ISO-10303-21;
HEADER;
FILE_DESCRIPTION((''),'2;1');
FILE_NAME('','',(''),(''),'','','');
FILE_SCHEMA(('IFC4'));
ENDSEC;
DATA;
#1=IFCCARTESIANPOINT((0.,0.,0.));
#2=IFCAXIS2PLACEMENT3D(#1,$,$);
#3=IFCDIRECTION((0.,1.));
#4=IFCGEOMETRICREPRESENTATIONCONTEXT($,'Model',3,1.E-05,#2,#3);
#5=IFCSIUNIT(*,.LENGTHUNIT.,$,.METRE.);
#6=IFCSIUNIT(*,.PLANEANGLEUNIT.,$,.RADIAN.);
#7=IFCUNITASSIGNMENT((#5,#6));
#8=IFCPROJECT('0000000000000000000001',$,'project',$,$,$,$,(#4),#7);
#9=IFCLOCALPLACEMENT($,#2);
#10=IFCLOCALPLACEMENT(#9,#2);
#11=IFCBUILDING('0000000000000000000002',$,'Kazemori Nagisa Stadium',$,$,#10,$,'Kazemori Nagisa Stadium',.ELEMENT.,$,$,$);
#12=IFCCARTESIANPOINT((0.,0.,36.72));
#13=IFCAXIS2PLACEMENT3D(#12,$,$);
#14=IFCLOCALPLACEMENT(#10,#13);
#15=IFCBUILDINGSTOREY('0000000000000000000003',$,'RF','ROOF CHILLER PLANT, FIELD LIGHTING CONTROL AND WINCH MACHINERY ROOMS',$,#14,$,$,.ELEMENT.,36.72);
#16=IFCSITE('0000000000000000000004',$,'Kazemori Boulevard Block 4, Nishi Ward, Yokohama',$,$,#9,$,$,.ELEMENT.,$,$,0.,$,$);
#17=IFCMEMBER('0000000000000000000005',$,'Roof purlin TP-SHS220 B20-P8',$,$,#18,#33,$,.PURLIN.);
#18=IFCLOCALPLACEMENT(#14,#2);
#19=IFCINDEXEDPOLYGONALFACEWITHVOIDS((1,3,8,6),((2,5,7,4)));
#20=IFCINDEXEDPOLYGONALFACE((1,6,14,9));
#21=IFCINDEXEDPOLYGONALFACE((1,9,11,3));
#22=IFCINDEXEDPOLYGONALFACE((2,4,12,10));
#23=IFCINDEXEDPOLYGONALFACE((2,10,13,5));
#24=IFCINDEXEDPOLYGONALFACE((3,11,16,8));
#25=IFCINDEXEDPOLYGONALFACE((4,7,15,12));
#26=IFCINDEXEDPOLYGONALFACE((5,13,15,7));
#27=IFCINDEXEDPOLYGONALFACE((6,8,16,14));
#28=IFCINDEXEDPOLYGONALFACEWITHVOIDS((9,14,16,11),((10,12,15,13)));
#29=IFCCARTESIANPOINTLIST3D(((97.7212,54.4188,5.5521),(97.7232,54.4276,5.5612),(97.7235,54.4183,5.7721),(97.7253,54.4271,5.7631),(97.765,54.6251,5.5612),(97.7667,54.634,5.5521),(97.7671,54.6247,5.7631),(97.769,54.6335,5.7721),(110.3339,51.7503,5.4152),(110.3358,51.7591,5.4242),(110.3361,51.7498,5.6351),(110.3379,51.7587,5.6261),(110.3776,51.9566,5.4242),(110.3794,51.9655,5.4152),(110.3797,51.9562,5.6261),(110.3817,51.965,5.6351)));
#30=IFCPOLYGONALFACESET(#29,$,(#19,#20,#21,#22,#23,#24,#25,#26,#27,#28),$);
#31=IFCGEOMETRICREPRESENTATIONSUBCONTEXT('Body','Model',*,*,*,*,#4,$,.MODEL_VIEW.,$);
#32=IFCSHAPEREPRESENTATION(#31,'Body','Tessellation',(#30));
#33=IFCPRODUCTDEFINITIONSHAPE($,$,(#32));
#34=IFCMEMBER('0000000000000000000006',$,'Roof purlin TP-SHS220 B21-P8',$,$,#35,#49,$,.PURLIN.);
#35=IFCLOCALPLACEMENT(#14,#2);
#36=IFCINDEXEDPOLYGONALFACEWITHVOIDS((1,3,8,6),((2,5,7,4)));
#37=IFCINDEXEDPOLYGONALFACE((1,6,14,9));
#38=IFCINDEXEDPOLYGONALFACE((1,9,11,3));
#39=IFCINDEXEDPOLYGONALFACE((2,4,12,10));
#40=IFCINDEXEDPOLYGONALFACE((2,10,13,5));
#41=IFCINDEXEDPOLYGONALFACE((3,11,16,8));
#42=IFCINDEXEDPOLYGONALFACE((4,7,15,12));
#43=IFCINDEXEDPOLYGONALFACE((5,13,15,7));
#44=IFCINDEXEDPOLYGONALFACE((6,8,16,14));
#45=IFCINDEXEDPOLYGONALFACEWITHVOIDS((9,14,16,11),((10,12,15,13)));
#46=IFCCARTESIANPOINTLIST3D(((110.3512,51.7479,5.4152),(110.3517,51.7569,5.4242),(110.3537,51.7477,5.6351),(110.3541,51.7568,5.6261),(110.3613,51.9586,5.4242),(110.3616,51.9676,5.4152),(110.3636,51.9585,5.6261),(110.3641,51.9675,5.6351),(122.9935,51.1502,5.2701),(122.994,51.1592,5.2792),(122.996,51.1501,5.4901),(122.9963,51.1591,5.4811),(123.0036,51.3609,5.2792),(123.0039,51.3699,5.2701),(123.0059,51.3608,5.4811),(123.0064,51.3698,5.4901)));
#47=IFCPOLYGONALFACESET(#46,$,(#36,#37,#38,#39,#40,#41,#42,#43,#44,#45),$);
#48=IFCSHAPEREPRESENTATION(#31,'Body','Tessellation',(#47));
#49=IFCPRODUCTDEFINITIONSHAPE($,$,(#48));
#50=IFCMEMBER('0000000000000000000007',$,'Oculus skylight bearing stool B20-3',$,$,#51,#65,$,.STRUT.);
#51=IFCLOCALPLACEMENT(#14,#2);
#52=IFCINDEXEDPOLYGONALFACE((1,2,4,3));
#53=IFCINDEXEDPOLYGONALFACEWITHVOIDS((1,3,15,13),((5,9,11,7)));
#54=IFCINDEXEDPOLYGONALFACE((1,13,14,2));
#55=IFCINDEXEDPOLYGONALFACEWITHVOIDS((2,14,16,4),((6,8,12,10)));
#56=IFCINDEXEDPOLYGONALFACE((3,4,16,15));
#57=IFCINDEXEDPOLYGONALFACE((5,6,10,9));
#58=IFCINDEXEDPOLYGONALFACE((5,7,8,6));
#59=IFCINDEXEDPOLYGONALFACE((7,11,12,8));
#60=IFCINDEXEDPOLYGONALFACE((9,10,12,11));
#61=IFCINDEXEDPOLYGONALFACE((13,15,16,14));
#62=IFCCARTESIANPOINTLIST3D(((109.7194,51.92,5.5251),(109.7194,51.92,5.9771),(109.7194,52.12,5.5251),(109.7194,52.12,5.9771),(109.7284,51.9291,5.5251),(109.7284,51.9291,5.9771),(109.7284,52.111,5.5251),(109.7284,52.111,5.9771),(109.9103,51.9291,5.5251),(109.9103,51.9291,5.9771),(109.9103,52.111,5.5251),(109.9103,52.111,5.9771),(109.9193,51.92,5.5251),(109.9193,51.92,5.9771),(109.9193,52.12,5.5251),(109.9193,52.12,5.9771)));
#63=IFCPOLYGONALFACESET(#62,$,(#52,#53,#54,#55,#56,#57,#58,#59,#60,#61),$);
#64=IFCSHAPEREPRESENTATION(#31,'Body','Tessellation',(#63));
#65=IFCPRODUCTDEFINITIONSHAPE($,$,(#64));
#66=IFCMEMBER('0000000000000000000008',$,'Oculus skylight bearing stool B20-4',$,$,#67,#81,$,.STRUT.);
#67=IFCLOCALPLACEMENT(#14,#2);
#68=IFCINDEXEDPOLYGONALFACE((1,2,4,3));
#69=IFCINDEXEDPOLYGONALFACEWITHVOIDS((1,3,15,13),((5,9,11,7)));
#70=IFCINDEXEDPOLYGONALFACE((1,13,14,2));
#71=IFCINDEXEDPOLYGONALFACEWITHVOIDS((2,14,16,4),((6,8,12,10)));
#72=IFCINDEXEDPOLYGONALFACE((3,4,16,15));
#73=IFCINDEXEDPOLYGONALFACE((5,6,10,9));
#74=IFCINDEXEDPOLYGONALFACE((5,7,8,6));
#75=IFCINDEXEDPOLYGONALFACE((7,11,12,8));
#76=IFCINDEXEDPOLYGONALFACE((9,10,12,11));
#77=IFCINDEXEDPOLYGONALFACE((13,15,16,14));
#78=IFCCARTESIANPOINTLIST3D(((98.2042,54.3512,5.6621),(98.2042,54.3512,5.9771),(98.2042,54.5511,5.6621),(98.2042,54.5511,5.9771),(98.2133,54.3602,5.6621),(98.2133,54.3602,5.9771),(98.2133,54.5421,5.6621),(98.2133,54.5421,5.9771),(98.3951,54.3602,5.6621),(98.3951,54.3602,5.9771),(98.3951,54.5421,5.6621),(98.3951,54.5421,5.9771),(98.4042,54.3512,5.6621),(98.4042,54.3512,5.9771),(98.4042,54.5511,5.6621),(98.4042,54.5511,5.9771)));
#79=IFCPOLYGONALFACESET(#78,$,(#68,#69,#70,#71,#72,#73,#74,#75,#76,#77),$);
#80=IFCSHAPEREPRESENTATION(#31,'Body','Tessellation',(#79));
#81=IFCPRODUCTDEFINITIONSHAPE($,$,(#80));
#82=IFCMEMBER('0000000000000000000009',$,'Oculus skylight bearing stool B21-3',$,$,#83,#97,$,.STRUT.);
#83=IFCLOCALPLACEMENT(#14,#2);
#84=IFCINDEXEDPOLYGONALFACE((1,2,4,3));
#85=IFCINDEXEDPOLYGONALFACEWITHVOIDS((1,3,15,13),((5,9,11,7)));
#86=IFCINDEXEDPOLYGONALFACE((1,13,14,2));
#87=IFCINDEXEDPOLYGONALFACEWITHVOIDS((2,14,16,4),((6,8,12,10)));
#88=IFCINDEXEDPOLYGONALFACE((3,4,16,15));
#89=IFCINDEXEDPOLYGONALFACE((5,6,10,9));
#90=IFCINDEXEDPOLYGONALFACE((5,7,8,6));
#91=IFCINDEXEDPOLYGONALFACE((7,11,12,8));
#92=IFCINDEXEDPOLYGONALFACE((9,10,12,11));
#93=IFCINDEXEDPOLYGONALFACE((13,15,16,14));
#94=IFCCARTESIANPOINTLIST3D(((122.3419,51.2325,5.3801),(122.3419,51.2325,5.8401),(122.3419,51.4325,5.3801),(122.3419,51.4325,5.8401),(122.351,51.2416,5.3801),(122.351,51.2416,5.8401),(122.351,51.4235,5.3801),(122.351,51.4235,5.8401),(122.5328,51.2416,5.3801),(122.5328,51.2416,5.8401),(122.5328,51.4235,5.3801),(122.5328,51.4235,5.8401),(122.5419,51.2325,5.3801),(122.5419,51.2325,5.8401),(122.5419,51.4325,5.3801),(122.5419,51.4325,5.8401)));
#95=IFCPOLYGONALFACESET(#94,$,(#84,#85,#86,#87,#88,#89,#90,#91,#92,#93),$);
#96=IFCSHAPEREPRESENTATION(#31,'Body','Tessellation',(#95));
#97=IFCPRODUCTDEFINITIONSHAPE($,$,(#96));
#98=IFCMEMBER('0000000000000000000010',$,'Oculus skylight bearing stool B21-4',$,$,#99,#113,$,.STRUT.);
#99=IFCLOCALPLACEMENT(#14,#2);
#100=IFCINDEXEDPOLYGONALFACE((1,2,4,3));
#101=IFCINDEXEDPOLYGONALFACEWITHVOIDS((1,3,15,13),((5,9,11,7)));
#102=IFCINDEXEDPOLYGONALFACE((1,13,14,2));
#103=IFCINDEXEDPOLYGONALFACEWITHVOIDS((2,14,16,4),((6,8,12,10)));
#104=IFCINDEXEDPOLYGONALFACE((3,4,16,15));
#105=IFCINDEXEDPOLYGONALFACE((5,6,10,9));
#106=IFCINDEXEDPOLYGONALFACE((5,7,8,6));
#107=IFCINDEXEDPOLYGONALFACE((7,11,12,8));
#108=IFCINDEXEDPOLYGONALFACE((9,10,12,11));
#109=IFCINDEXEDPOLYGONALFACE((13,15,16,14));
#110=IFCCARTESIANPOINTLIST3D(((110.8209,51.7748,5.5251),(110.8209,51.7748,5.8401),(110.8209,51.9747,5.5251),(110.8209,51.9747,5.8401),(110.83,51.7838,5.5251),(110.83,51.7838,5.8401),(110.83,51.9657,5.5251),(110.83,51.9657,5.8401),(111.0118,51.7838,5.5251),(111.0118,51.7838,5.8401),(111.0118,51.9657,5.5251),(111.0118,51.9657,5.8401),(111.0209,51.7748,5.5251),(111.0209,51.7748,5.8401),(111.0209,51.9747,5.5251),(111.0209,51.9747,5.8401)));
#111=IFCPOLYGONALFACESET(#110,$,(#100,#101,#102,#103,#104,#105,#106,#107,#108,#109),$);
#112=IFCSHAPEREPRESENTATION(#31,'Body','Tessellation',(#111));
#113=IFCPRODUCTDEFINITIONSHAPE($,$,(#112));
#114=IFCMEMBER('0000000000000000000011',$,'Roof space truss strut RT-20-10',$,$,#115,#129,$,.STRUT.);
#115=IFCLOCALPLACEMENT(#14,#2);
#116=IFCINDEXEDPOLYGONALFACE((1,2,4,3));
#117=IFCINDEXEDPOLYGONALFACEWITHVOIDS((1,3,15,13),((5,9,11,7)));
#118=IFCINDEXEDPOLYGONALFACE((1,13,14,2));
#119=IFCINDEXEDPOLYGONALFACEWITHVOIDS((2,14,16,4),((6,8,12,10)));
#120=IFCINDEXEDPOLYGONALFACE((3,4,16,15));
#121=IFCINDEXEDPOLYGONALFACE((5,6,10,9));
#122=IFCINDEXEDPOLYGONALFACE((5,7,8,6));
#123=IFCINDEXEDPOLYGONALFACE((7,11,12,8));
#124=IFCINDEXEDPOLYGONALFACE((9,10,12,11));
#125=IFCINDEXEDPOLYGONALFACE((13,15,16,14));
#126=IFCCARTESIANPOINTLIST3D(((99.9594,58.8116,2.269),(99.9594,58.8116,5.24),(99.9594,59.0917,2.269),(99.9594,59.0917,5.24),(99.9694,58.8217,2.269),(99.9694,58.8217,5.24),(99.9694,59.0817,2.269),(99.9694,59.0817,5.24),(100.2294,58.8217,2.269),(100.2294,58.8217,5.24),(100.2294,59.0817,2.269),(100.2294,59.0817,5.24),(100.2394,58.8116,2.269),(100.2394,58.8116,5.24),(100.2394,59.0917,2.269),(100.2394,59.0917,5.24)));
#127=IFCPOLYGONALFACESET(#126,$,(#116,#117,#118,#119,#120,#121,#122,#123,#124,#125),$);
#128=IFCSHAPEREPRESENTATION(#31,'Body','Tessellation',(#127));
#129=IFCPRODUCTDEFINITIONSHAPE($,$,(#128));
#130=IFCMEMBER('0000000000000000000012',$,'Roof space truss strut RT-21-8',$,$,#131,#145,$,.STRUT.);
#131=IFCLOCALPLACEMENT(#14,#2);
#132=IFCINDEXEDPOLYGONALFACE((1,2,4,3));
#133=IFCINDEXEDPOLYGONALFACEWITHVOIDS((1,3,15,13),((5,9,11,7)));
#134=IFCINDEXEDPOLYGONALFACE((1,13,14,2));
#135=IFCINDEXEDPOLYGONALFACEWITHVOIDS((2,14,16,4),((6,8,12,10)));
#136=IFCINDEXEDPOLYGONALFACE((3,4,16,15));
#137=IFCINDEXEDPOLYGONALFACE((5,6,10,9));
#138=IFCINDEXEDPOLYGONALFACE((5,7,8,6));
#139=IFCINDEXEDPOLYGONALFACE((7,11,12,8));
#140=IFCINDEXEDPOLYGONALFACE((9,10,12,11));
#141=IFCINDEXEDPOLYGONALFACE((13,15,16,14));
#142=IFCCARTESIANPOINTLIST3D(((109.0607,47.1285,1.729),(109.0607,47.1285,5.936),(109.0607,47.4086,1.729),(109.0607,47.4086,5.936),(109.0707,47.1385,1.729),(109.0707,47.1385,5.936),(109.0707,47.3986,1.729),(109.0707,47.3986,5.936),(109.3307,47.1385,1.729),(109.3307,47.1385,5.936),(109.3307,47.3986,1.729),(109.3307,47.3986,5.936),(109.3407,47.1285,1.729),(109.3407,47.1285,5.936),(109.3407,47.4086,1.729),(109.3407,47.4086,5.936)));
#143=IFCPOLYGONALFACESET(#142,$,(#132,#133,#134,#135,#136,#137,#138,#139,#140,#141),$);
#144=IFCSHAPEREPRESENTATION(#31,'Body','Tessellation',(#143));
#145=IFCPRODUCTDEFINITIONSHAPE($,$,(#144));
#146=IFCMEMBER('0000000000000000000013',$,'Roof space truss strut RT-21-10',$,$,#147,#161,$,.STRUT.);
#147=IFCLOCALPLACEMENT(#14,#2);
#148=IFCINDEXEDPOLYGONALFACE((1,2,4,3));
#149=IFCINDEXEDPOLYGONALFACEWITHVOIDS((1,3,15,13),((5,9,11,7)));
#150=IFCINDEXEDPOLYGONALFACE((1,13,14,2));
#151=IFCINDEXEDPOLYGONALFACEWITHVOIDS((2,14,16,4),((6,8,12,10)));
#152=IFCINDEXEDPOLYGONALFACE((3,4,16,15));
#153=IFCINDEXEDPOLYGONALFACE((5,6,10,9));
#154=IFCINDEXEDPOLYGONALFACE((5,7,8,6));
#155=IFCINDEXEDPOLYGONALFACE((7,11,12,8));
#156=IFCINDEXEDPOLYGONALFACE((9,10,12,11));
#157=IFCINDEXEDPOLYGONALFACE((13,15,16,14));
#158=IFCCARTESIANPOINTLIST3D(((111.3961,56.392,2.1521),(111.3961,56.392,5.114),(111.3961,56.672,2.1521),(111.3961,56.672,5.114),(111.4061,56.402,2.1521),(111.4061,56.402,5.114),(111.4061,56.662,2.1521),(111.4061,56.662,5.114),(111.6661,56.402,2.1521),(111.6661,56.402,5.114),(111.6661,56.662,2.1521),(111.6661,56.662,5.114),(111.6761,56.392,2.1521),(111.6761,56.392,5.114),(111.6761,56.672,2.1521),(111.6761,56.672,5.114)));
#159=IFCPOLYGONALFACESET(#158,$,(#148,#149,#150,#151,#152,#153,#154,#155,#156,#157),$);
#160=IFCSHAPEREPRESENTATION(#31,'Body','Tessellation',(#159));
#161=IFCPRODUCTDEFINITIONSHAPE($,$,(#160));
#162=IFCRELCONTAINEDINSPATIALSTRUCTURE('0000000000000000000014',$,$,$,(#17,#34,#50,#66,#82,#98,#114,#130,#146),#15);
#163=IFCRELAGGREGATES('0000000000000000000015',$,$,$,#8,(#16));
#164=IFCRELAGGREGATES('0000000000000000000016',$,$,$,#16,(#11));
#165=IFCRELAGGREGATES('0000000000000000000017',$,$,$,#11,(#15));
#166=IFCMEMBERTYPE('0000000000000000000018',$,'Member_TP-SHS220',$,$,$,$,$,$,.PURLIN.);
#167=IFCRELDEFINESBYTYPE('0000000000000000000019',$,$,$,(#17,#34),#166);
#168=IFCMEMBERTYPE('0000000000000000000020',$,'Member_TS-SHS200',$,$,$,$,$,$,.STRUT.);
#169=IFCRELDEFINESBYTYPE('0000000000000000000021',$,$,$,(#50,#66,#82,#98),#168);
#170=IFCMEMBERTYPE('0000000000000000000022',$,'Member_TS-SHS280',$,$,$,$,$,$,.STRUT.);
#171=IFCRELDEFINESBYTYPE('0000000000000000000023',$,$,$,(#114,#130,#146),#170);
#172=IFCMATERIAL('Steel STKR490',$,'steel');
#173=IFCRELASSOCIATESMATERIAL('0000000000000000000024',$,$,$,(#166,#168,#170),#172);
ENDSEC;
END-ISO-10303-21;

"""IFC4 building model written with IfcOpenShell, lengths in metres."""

from ifc_helpers import new_model, si_unit, direction, frame, origin, origin_2d, place, context, subcontext, project, spatial, hollow_rectangle, extrude, material, material_profile, profile_set, type_object, element, save


model = new_model("IFC4")

# Units and contexts
model_context = context("Model", 3, precision=1e-05, world=origin(), true_north=direction((0.0, 1.0)))
body_context = subcontext(model_context, "Body", "Model", "MODEL_VIEW")
ifc_project = project(units=[si_unit("LENGTHUNIT", "METRE"), si_unit("PLANEANGLEUNIT", "RADIAN")], contexts=[model_context])

# Site, building, storey
site_placement = place(None, origin())
site = spatial("IfcSite", under=ifc_project, at=site_placement, Name="Kazemori Boulevard Block 4, Nishi Ward, Yokohama", CompositionType="ELEMENT", RefElevation=0.0)
building_placement = place(site_placement, origin())
building = spatial("IfcBuilding", under=site, at=building_placement, Name="Kazemori Nagisa Stadium", LongName="Kazemori Nagisa Stadium", CompositionType="ELEMENT")
storey_placement = place(building_placement, frame((0.0, 0.0, 36.72)))
storey = spatial("IfcBuildingStorey", under=building, at=storey_placement, Name="RF", Description="ROOF CHILLER PLANT, FIELD LIGHTING CONTROL AND WINCH MACHINERY ROOMS", CompositionType="ELEMENT", Elevation=36.72)

# Members
ifc_material = material(Name="Steel STKR490", Category="steel")
ifc_material_profile_1 = material_profile(ifc_material, hollow_rectangle(XDim=0.22, YDim=0.22, WallThickness=0.009, at=origin_2d()), Name="SHS-220x220x9")
ifc_profile_set_1 = profile_set([ifc_material_profile_1], Name="Steel STKR490")
member_type_1 = type_object("IfcMemberType", Name="Member_TP-SHS220", PredefinedType="PURLIN", material=ifc_profile_set_1)
member_1_placement = place(storey_placement, frame((97.7451, 54.5261, 5.6621), z_axis=(0.978288, -0.206978, -0.010623), x_axis=(0.20699, 0.978343, 0.0)))
element("IfcMember", 1, at=member_1_placement, inside=storey, type_object=member_type_1, Name="Roof purlin TP-SHS220 B20-P8", PredefinedType="PURLIN", context=body_context, shape_type="SweptSolid", body=[
    extrude(hollow_rectangle(XDim=0.22, YDim=0.22, WallThickness=0.009, at=origin_2d()), origin(), (0.0, 0.0, 1.0), 12.8926),
])
member_2_placement = place(storey_placement, frame((110.3577, 51.8577, 5.5251), z_axis=(0.998819, -0.047218, -0.011457), x_axis=(0.047221, 0.998884, 0.0)))
element("IfcMember", 2, at=member_2_placement, inside=storey, type_object=member_type_1, Name="Roof purlin TP-SHS220 B21-P8", PredefinedType="PURLIN", context=body_context, shape_type="SweptSolid", body=[
    extrude(hollow_rectangle(XDim=0.22, YDim=0.22, WallThickness=0.009, at=origin_2d()), origin(), (0.0, 0.0, 1.0), 12.6572),
])
ifc_material_profile_2 = material_profile(ifc_material, hollow_rectangle(XDim=0.2, YDim=0.2, WallThickness=0.009, at=origin_2d()), Name="SHS-200x200x9")
ifc_profile_set_2 = profile_set([ifc_material_profile_2], Name="Steel STKR490")
member_type_2 = type_object("IfcMemberType", Name="Member_TS-SHS200", PredefinedType="STRUT", material=ifc_profile_set_2)
member_3_placement = place(storey_placement, frame((109.8193, 52.02, 5.5251), z_axis=(0.0, 0.0, 1.0), x_axis=(1.0, 0.0, 0.0)))
element("IfcMember", 3, at=member_3_placement, inside=storey, type_object=member_type_2, Name="Oculus skylight bearing stool B20-3", PredefinedType="STRUT", context=body_context, shape_type="SweptSolid", body=[
    extrude(hollow_rectangle(XDim=0.2, YDim=0.2, WallThickness=0.009, at=origin_2d()), origin(), (0.0, 0.0, 1.0), 0.4519),
])
member_4_placement = place(storey_placement, frame((98.3042, 54.4512, 5.6621), z_axis=(0.0, 0.0, 1.0), x_axis=(1.0, 0.0, 0.0)))
element("IfcMember", 4, at=member_4_placement, inside=storey, type_object=member_type_2, Name="Oculus skylight bearing stool B20-4", PredefinedType="STRUT", context=body_context, shape_type="SweptSolid", body=[
    extrude(hollow_rectangle(XDim=0.2, YDim=0.2, WallThickness=0.009, at=origin_2d()), origin(), (0.0, 0.0, 1.0), 0.3149),
])
member_5_placement = place(storey_placement, frame((122.4419, 51.3325, 5.3801), z_axis=(0.0, 0.0, 1.0), x_axis=(1.0, 0.0, 0.0)))
element("IfcMember", 5, at=member_5_placement, inside=storey, type_object=member_type_2, Name="Oculus skylight bearing stool B21-3", PredefinedType="STRUT", context=body_context, shape_type="SweptSolid", body=[
    extrude(hollow_rectangle(XDim=0.2, YDim=0.2, WallThickness=0.009, at=origin_2d()), origin(), (0.0, 0.0, 1.0), 0.46),
])
member_6_placement = place(storey_placement, frame((110.9209, 51.8748, 5.5251), z_axis=(0.0, 0.0, 1.0), x_axis=(1.0, 0.0, 0.0)))
element("IfcMember", 6, at=member_6_placement, inside=storey, type_object=member_type_2, Name="Oculus skylight bearing stool B21-4", PredefinedType="STRUT", context=body_context, shape_type="SweptSolid", body=[
    extrude(hollow_rectangle(XDim=0.2, YDim=0.2, WallThickness=0.009, at=origin_2d()), origin(), (0.0, 0.0, 1.0), 0.3149),
])
ifc_material_profile_3 = material_profile(ifc_material, hollow_rectangle(XDim=0.28, YDim=0.28, WallThickness=0.01, at=origin_2d()), Name="SHS-280x280x10")
ifc_profile_set_3 = profile_set([ifc_material_profile_3], Name="Steel STKR490")
member_type_3 = type_object("IfcMemberType", Name="Member_TS-SHS280", PredefinedType="STRUT", material=ifc_profile_set_3)
member_7_placement = place(storey_placement, frame((100.0994, 58.9517, 2.269), z_axis=(0.0, 0.0, 1.0), x_axis=(1.0, 0.0, 0.0)))
element("IfcMember", 7, at=member_7_placement, inside=storey, type_object=member_type_3, Name="Roof space truss strut RT-20-10", PredefinedType="STRUT", context=body_context, shape_type="SweptSolid", body=[
    extrude(hollow_rectangle(XDim=0.28, YDim=0.28, WallThickness=0.01, at=origin_2d()), origin(), (0.0, 0.0, 1.0), 2.9709),
])
member_8_placement = place(storey_placement, frame((109.2007, 47.2686, 1.729), z_axis=(0.0, 0.0, 1.0), x_axis=(1.0, 0.0, 0.0)))
element("IfcMember", 8, at=member_8_placement, inside=storey, type_object=member_type_3, Name="Roof space truss strut RT-21-8", PredefinedType="STRUT", context=body_context, shape_type="SweptSolid", body=[
    extrude(hollow_rectangle(XDim=0.28, YDim=0.28, WallThickness=0.01, at=origin_2d()), origin(), (0.0, 0.0, 1.0), 4.207),
])
member_9_placement = place(storey_placement, frame((111.5361, 56.532, 2.1521), z_axis=(0.0, 0.0, 1.0), x_axis=(1.0, 0.0, 0.0)))
element("IfcMember", 9, at=member_9_placement, inside=storey, type_object=member_type_3, Name="Roof space truss strut RT-21-10", PredefinedType="STRUT", context=body_context, shape_type="SweptSolid", body=[
    extrude(hollow_rectangle(XDim=0.28, YDim=0.28, WallThickness=0.01, at=origin_2d()), origin(), (0.0, 0.0, 1.0), 2.9619),
])

save(model, "model.ifc")
